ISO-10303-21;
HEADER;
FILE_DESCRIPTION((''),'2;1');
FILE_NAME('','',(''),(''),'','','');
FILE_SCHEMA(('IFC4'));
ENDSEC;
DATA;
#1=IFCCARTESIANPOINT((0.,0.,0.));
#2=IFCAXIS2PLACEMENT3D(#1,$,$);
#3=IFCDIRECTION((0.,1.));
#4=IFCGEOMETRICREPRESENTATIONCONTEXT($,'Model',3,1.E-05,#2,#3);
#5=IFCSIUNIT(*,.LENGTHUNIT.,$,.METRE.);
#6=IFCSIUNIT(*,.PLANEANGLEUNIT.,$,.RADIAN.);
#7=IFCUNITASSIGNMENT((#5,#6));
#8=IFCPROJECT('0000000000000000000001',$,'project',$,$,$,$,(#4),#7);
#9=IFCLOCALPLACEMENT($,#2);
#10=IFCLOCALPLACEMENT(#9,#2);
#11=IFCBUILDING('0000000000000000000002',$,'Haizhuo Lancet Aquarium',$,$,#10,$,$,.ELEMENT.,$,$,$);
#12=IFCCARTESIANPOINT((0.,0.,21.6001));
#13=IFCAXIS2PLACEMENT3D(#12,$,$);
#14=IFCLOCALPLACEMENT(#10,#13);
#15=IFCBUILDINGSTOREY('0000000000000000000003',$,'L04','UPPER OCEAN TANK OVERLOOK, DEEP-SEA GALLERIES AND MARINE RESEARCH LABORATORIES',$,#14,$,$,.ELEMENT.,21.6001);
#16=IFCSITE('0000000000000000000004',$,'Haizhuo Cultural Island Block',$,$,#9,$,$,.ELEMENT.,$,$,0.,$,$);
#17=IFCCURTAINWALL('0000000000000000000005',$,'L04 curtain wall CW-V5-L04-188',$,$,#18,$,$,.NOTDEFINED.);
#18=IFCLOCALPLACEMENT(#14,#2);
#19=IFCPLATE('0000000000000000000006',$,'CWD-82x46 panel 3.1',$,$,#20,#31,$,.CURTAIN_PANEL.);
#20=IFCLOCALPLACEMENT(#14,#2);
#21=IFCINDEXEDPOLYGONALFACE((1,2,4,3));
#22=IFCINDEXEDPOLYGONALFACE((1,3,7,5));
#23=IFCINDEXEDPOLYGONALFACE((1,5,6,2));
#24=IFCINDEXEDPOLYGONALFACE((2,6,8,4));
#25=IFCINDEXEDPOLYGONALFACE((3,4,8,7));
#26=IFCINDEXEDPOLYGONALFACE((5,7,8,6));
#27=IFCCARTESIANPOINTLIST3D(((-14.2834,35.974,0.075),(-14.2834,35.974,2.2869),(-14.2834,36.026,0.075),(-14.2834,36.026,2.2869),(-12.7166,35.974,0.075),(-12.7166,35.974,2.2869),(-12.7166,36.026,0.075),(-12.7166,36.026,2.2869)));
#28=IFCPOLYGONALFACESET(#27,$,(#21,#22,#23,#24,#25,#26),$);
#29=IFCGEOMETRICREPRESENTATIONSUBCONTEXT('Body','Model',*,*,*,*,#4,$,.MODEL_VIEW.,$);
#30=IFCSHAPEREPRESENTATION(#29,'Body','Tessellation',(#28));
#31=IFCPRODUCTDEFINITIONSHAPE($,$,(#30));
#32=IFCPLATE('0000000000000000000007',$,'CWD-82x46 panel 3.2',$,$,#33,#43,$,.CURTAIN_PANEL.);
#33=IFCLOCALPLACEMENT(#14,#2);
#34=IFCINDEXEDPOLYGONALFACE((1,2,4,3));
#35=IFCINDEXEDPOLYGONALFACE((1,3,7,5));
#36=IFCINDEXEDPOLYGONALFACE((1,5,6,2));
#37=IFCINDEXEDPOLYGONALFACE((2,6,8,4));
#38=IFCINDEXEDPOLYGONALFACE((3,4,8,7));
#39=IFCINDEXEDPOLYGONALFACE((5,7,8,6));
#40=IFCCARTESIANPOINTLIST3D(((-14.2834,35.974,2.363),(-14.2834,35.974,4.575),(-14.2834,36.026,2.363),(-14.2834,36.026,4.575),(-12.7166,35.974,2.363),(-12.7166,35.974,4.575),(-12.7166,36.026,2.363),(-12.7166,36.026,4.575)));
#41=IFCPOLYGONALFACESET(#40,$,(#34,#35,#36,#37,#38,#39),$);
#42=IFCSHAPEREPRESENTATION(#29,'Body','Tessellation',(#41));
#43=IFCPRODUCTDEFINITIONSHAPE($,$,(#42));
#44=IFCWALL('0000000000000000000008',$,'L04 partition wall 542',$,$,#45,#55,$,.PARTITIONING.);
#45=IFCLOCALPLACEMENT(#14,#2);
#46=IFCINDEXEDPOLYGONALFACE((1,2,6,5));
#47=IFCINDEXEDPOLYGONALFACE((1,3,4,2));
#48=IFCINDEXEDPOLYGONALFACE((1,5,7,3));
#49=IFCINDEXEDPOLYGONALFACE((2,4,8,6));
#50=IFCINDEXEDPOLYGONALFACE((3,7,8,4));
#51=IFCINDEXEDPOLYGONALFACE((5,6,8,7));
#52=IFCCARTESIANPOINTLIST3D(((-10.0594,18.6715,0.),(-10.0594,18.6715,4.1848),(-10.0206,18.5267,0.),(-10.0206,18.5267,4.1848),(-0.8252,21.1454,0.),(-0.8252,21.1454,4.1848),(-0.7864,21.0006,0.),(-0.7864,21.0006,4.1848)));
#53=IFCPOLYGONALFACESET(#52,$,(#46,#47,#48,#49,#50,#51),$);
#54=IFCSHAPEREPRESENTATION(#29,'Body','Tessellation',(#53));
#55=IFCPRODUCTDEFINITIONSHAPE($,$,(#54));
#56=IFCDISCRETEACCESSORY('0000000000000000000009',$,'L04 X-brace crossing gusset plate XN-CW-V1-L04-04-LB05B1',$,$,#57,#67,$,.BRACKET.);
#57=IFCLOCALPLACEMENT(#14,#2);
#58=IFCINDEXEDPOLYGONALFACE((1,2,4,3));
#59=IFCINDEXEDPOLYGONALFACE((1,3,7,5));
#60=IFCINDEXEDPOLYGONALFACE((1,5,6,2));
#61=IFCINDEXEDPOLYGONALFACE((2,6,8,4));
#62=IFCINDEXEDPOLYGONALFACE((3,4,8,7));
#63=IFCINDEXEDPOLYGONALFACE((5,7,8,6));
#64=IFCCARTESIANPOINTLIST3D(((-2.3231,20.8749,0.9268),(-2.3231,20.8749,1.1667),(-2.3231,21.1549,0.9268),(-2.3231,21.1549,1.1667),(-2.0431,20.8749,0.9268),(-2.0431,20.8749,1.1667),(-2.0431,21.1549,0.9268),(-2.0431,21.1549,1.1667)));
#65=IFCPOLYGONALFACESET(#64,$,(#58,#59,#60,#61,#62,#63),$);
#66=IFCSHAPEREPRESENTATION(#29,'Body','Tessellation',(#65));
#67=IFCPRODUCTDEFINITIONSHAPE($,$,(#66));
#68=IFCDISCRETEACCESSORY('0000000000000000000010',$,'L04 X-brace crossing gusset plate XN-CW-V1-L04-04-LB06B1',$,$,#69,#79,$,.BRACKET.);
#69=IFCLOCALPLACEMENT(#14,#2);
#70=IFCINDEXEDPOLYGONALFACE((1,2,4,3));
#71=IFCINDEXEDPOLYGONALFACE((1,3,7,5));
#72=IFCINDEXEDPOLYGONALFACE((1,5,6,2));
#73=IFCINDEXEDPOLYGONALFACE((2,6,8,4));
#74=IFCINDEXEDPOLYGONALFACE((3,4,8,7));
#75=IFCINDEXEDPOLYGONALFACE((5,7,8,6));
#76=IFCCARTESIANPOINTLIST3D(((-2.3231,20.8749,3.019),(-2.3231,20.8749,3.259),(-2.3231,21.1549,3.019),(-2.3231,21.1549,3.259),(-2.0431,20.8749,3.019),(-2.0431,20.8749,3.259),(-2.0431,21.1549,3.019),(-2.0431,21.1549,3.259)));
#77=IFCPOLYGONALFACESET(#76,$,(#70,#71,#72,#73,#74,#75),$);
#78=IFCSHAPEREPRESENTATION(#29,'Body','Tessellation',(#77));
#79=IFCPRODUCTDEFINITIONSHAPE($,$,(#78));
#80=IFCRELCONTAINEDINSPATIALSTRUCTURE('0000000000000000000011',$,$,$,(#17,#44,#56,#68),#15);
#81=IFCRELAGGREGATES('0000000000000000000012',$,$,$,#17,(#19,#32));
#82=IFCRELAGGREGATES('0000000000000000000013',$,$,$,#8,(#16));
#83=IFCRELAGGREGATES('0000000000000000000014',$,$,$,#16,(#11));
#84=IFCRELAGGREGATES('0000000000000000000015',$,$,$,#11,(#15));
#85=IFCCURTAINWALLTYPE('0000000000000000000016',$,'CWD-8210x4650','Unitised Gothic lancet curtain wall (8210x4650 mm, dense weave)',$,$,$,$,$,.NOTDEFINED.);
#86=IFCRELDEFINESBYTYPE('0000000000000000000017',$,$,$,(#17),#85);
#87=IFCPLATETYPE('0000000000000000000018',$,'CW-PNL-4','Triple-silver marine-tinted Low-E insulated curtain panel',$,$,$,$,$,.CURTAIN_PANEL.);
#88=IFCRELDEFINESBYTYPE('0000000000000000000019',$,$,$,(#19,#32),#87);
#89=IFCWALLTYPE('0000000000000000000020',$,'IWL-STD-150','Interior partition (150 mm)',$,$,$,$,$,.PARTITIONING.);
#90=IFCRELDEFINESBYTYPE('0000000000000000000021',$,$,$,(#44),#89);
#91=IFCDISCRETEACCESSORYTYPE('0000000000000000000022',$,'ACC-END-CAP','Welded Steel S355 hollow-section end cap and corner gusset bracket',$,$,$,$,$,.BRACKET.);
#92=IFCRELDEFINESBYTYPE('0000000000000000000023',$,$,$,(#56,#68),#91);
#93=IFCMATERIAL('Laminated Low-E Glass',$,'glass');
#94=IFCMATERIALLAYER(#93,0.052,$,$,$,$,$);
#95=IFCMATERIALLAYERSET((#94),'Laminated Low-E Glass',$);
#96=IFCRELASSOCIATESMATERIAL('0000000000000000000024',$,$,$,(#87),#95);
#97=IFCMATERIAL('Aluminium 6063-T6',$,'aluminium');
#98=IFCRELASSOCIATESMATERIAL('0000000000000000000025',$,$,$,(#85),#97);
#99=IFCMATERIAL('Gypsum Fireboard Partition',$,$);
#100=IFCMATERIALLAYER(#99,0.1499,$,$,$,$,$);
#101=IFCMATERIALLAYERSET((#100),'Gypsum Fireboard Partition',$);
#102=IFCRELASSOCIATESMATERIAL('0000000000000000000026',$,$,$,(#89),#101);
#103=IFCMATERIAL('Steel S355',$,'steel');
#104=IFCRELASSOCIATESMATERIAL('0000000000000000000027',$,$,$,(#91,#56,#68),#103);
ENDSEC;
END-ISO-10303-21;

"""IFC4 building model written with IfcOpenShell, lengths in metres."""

from ifc_helpers import new_model, si_unit, direction, frame, frame_2d, origin, origin_2d, place, context, subcontext, project, spatial, rectangle, extrude, material, layer, layer_set, type_object, element, aggregate, save


model = new_model("IFC4")

# Units and contexts
model_context = context("Model", 3, precision=1e-05, world=origin(), true_north=direction((0.0, 1.0)))
body_context = subcontext(model_context, "Body", "Model", "MODEL_VIEW")
ifc_project = project(units=[si_unit("LENGTHUNIT", "METRE"), si_unit("PLANEANGLEUNIT", "RADIAN")], contexts=[model_context])

# Site, building, storey
site_placement = place(None, origin())
site = spatial("IfcSite", under=ifc_project, at=site_placement, Name="Haizhuo Cultural Island Block", CompositionType="ELEMENT", RefElevation=0.0)
building_placement = place(site_placement, origin())
building = spatial("IfcBuilding", under=site, at=building_placement, Name="Haizhuo Lancet Aquarium", CompositionType="ELEMENT")
storey_placement = place(building_placement, frame((0.0, 0.0, 21.6001)))
storey = spatial("IfcBuildingStorey", under=building, at=storey_placement, Name="L04", Description="UPPER OCEAN TANK OVERLOOK, DEEP-SEA GALLERIES AND MARINE RESEARCH LABORATORIES", CompositionType="ELEMENT", Elevation=21.6001)

# Shared definitions
ifc_material_1 = material(Name="Aluminium 6063-T6", Category="aluminium")

# Shared definitions
ifc_material_2 = material(Name="Steel S355", Category="steel")

# Shared definitions
ifc_material_3 = material(Name="Laminated Low-E Glass", Category="glass")
ifc_layer_1 = layer(ifc_material_3, 0.052)
ifc_layer_set_1 = layer_set([ifc_layer_1], Name="Laminated Low-E Glass")
plate_type = type_object("IfcPlateType", Name="CW-PNL-4", Description="Triple-silver marine-tinted Low-E insulated curtain panel", PredefinedType="CURTAIN_PANEL", material=ifc_layer_set_1)

# Curtain wall, plates
curtain_wall_type_1 = type_object("IfcCurtainWallType", Name="CWD-8210x4650", Description="Unitised Gothic lancet curtain wall (8210x4650 mm, dense weave)", PredefinedType="NOTDEFINED", material=ifc_material_1)
curtain_wall_1_placement = place(storey_placement, origin())
curtain_wall_1 = element("IfcCurtainWall", 1, at=curtain_wall_1_placement, inside=storey, type_object=curtain_wall_type_1, Name="L04 curtain wall CW-V5-L04-188", PredefinedType="NOTDEFINED")
plate_1_placement = place(storey_placement, frame((-13.5, 36.0, 0.075), z_axis=(0.0, 0.0, 1.0), x_axis=(-1.0, 0.0, 0.0)))
plate_1 = element("IfcPlate", 2, at=plate_1_placement, type_object=plate_type, Name="CWD-82x46 panel 3.1", PredefinedType="CURTAIN_PANEL", context=body_context, shape_type="SweptSolid", body=[
    extrude(rectangle(XDim=1.5669, YDim=0.052, at=origin_2d()), origin(), (0.0, 0.0, 1.0), 2.2119),
])
plate_2_placement = place(storey_placement, frame((-13.5, 36.0, 2.363), z_axis=(0.0, 0.0, 1.0), x_axis=(-1.0, 0.0, 0.0)))
plate_2 = element("IfcPlate", 3, at=plate_2_placement, type_object=plate_type, Name="CWD-82x46 panel 3.2", PredefinedType="CURTAIN_PANEL", context=body_context, shape_type="SweptSolid", body=[
    extrude(rectangle(XDim=1.5669, YDim=0.052, at=origin_2d()), origin(), (0.0, 0.0, 1.0), 2.2119),
])
aggregate(curtain_wall_1, [plate_1, plate_2])

# Wall
ifc_material_4 = material(Name="Gypsum Fireboard Partition")
ifc_layer_2 = layer(ifc_material_4, 0.1499)
ifc_layer_set_2 = layer_set([ifc_layer_2], Name="Gypsum Fireboard Partition")
wall_type = type_object("IfcWallType", Name="IWL-STD-150", Description="Interior partition (150 mm)", PredefinedType="PARTITIONING", material=ifc_layer_set_2)
wall_placement = place(storey_placement, frame((-0.8059, 21.073, 0.0), z_axis=(0.0, 0.0, 1.0), x_axis=(-0.965936, -0.25878, 0.0)))
element("IfcWall", 4, at=wall_placement, inside=storey, type_object=wall_type, Name="L04 partition wall 542", PredefinedType="PARTITIONING", context=body_context, shape_type="SweptSolid", body=[
    extrude(rectangle(XDim=9.5598, YDim=0.1499, at=frame_2d((4.7798, 0.0))), origin(), (0.0, 0.0, 1.0), 4.1848),
])

# Discrete accessories
discrete_accessory_type = type_object("IfcDiscreteAccessoryType", Name="ACC-END-CAP", Description="Welded Steel S355 hollow-section end cap and corner gusset bracket", PredefinedType="BRACKET", material=ifc_material_2)
for number, where, z_axis, x_axis, name in (
    (5, (-2.1831, 21.0149, 0.9268), (0.0, 0.0, 1.0), (1.0, 0.0, 0.0), "L04 X-brace crossing gusset plate XN-CW-V1-L04-04-LB05B1"),
    (6, (-2.1831, 21.0149, 3.019), (0.0, 0.0, 1.0), (1.0, 0.0, 0.0), "L04 X-brace crossing gusset plate XN-CW-V1-L04-04-LB06B1"),
):
    element("IfcDiscreteAccessory", number, at=place(storey_placement, frame(where, z_axis=z_axis, x_axis=x_axis)), inside=storey, type_object=discrete_accessory_type, material=ifc_material_2, Name=name, PredefinedType="BRACKET", context=body_context, shape_type="SweptSolid", body=[
        extrude(rectangle(XDim=0.28, YDim=0.28, at=origin_2d()), origin(), (0.0, 0.0, 1.0), 0.24),
    ])

save(model, "model.ifc")
